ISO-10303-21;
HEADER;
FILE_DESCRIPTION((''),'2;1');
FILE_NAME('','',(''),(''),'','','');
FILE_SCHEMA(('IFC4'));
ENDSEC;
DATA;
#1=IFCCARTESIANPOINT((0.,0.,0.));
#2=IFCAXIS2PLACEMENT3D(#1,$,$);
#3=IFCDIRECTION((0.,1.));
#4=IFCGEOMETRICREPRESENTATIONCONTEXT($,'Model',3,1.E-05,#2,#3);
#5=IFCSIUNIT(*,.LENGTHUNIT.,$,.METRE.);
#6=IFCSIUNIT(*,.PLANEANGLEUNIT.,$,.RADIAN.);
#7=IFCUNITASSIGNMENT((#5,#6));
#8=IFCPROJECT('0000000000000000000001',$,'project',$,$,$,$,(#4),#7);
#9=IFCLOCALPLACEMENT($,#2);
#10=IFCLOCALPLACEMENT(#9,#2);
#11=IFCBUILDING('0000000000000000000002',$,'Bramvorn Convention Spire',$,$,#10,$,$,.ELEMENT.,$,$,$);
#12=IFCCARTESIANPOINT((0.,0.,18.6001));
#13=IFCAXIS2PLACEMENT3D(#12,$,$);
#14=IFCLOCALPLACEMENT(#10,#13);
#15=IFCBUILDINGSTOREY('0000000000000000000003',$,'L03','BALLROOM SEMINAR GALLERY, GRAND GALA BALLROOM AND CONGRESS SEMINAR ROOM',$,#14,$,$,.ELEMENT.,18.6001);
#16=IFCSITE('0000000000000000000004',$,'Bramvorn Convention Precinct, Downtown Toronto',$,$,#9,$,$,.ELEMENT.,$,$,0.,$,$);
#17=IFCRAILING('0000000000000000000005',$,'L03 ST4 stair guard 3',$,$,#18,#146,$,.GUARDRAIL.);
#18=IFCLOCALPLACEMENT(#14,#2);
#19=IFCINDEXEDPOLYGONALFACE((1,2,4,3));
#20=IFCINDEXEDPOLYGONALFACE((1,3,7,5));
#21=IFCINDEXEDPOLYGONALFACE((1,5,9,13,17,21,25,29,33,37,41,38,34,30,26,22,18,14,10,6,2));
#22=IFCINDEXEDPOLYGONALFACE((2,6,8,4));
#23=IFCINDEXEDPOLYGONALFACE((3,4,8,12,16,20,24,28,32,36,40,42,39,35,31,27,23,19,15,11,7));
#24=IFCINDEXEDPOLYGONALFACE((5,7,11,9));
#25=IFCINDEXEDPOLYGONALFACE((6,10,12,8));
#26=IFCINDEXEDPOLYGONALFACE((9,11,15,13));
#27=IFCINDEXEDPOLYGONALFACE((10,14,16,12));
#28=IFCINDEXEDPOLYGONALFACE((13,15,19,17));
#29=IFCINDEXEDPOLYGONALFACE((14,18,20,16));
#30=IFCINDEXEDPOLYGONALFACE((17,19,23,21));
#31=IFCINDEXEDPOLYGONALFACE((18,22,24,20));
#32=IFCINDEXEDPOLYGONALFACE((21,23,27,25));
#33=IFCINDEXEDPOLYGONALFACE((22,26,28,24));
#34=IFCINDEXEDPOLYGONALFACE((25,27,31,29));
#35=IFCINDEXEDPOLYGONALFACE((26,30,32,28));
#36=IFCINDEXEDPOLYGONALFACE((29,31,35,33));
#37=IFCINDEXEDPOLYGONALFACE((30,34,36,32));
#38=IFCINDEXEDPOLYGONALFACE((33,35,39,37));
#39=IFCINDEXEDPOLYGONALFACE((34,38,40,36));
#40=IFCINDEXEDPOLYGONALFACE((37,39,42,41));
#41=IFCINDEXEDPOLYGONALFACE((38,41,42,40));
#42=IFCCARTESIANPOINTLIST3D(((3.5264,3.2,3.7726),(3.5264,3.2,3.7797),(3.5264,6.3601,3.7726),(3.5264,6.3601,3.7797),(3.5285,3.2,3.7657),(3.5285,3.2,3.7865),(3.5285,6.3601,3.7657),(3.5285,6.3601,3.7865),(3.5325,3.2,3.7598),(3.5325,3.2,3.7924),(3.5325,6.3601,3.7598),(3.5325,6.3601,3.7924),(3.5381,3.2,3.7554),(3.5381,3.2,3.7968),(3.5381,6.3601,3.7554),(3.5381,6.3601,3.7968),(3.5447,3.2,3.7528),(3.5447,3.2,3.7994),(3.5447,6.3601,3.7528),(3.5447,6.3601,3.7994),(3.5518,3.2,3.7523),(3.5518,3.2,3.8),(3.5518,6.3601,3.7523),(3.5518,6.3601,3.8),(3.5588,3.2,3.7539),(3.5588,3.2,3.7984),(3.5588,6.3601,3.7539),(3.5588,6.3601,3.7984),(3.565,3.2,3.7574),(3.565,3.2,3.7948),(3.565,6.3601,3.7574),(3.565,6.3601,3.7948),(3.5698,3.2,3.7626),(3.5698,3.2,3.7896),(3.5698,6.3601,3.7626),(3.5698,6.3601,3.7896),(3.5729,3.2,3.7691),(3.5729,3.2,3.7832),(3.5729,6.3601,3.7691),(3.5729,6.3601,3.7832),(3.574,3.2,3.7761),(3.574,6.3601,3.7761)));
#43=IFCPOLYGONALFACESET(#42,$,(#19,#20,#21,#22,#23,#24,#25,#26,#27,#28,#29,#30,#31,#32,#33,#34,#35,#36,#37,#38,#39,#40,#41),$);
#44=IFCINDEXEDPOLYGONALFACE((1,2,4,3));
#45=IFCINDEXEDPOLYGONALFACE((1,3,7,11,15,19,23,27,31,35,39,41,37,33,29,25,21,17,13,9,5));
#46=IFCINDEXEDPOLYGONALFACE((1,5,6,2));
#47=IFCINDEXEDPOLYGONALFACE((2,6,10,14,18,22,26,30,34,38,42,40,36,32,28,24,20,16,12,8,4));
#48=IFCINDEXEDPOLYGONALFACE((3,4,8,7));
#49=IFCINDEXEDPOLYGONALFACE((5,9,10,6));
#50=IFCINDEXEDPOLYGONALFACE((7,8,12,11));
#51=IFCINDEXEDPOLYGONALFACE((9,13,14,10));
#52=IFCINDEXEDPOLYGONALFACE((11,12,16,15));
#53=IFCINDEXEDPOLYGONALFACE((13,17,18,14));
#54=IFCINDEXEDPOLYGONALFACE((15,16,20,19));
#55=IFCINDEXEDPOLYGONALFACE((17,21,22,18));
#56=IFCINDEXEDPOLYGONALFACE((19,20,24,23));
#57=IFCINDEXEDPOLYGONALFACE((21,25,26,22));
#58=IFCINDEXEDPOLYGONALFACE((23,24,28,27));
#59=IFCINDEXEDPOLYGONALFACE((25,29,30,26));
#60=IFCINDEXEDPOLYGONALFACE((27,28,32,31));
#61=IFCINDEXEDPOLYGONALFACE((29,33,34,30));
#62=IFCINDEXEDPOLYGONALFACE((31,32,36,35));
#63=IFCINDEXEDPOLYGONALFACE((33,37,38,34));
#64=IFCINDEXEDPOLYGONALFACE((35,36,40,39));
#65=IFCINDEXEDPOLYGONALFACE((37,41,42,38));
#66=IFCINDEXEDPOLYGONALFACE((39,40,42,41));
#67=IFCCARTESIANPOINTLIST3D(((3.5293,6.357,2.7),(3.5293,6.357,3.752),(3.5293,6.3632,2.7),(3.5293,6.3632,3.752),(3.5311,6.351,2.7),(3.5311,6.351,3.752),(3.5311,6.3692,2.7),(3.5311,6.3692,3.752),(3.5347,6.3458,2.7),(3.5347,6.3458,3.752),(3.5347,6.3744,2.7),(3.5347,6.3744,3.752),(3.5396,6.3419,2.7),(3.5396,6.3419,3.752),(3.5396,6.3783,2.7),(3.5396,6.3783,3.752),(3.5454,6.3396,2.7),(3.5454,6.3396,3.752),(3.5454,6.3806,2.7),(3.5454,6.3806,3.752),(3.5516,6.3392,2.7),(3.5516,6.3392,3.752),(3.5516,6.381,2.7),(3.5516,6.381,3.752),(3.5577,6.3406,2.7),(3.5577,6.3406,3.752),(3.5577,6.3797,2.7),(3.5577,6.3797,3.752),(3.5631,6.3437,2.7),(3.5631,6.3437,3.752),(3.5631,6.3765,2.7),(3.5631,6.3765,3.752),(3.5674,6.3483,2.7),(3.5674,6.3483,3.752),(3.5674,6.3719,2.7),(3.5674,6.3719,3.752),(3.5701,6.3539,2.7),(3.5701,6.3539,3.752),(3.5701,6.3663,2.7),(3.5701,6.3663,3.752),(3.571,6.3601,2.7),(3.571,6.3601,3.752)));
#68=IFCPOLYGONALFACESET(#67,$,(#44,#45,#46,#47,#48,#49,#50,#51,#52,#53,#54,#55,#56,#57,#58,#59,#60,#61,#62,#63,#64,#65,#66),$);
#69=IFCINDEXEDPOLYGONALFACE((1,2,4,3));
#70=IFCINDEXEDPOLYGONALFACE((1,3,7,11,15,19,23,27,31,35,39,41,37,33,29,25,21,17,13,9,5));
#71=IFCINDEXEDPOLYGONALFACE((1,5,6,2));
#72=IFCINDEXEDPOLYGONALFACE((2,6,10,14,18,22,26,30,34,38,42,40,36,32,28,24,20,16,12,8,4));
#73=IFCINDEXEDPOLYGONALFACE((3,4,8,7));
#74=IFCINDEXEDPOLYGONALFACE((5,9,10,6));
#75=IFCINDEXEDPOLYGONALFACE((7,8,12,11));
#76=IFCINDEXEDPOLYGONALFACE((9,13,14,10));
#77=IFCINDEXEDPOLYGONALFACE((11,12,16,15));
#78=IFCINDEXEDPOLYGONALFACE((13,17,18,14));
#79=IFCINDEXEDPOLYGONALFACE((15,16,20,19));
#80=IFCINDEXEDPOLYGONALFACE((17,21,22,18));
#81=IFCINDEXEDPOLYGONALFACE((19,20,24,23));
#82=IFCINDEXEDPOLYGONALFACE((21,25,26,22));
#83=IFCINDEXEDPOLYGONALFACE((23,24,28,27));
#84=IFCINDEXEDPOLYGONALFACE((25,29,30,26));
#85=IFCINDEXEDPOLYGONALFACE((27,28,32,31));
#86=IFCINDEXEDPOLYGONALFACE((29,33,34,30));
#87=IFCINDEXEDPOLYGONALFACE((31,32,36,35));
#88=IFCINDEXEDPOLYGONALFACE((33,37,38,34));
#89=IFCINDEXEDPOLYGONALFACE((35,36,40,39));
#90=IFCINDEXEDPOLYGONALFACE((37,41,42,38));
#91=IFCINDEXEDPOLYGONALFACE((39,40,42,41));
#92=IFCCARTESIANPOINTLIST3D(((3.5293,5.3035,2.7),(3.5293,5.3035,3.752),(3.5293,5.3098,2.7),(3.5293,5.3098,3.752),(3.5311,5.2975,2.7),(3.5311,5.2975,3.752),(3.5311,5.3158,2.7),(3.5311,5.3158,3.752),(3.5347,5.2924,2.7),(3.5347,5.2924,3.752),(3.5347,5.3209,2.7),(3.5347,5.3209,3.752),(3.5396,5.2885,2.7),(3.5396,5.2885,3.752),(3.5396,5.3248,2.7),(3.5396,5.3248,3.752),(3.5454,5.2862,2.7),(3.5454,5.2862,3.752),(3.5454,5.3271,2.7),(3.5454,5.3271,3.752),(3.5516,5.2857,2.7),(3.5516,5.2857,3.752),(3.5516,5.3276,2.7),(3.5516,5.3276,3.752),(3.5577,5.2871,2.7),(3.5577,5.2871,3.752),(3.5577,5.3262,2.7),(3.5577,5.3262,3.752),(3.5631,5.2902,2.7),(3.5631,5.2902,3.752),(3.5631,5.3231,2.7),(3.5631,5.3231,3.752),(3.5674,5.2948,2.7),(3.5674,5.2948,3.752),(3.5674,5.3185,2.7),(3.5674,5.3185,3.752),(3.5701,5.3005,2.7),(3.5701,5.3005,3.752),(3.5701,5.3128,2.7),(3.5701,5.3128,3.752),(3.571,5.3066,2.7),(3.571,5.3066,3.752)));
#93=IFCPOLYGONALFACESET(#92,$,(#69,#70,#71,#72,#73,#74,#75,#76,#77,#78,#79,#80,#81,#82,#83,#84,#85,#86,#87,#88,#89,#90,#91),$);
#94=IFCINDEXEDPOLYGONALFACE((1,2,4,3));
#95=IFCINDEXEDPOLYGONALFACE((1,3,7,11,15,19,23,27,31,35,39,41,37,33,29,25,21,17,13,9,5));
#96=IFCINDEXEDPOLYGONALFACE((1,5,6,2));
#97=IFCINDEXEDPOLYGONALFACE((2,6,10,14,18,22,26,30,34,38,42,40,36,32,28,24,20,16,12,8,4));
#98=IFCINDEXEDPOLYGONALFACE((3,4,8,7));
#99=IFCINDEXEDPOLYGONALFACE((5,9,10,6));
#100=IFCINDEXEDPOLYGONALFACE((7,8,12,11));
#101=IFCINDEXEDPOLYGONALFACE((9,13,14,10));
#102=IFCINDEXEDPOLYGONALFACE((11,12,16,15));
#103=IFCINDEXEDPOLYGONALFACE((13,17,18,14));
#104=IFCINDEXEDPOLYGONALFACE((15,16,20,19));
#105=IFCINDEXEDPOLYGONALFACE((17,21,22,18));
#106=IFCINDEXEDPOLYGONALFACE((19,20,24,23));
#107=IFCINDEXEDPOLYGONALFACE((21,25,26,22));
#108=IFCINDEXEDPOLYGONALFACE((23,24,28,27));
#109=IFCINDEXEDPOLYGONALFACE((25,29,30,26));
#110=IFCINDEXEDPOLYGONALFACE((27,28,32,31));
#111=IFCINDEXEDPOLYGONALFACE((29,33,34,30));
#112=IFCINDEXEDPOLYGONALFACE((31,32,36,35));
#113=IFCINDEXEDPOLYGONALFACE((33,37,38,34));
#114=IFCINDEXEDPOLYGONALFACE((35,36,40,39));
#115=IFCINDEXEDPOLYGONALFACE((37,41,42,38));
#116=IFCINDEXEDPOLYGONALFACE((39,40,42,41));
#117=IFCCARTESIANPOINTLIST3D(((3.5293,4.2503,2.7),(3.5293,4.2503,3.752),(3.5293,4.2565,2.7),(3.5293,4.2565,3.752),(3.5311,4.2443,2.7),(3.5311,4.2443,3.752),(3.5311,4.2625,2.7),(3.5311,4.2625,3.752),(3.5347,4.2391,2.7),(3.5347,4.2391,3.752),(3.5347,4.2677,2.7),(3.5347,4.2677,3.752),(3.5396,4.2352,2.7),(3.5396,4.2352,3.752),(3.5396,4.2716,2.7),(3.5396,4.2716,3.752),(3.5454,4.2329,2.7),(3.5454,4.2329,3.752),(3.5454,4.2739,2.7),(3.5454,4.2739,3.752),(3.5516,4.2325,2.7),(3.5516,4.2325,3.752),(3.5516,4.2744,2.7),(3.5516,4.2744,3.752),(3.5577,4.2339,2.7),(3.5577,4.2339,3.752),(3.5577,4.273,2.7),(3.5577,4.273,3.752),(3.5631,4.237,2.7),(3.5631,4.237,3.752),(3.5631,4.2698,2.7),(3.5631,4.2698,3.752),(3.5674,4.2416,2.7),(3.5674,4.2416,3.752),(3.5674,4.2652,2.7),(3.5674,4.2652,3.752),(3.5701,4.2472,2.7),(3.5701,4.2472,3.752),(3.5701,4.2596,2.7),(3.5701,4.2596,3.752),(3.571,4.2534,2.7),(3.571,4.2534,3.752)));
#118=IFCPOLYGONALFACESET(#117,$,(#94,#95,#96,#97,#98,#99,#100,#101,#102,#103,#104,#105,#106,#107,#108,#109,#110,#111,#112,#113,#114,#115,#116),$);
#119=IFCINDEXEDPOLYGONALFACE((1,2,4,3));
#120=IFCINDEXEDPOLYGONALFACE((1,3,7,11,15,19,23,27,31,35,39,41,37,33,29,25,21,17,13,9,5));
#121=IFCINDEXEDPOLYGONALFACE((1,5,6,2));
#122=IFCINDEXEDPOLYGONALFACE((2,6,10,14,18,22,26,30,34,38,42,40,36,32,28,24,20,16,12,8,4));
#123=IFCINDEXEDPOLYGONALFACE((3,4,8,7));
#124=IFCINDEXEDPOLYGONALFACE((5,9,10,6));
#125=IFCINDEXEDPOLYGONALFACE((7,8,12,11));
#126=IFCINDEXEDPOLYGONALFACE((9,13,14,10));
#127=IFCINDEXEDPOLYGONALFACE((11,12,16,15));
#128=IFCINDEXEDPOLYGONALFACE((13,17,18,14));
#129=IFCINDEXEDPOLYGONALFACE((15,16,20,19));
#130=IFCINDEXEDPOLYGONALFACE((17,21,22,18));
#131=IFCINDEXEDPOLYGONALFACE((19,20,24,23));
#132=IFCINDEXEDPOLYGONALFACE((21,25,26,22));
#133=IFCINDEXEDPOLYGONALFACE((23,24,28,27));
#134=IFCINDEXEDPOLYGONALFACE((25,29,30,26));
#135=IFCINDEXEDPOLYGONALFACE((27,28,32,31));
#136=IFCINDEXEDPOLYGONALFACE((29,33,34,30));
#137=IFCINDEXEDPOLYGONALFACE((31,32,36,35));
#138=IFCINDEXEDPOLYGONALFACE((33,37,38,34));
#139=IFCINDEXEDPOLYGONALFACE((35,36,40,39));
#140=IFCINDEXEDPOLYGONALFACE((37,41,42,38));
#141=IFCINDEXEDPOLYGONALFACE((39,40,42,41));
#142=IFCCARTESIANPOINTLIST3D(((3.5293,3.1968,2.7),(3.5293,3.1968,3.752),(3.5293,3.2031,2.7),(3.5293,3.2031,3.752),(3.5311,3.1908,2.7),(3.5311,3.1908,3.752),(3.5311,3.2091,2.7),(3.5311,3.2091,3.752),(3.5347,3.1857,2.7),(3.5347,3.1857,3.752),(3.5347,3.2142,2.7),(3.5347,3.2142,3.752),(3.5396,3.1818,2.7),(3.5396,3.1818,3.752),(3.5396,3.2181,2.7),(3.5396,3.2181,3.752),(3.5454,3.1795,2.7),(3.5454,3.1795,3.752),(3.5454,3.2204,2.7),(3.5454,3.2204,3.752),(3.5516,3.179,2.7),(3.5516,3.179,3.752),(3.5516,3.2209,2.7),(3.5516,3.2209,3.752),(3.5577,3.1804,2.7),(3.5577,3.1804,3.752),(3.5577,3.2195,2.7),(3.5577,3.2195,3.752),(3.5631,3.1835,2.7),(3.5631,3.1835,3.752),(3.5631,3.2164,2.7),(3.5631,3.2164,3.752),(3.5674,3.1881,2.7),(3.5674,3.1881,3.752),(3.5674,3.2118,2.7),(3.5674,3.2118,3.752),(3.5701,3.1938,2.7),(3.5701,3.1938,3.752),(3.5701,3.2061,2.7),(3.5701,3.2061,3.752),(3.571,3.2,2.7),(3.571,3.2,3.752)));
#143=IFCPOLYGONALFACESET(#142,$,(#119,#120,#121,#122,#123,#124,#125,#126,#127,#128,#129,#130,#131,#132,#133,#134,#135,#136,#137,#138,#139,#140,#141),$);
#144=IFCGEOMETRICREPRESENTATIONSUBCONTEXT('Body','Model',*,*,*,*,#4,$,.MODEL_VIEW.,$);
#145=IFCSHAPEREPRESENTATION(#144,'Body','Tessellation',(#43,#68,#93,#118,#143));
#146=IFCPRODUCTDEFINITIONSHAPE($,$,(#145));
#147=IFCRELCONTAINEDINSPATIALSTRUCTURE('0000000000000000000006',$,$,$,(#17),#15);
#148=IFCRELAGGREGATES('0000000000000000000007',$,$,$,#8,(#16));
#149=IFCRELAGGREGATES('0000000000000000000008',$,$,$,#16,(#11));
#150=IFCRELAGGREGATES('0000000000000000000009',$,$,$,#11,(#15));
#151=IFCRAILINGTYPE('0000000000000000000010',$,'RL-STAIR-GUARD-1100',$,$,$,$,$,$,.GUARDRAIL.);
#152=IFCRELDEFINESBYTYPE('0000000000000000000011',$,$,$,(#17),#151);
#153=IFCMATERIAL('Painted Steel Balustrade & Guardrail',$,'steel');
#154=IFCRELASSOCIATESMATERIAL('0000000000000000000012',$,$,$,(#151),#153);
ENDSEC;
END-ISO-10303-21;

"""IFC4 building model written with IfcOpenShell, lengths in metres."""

from ifc_helpers import new_model, si_unit, direction, frame, origin, origin_2d, place, context, subcontext, project, spatial, circle, extrude, material, type_object, element, save


model = new_model("IFC4")

# Units and contexts
model_context = context("Model", 3, precision=1e-05, world=origin(), true_north=direction((0.0, 1.0)))
body_context = subcontext(model_context, "Body", "Model", "MODEL_VIEW")
ifc_project = project(units=[si_unit("LENGTHUNIT", "METRE"), si_unit("PLANEANGLEUNIT", "RADIAN")], contexts=[model_context])

# Site, building, storey
site_placement = place(None, origin())
site = spatial("IfcSite", under=ifc_project, at=site_placement, Name="Bramvorn Convention Precinct, Downtown Toronto", CompositionType="ELEMENT", RefElevation=0.0)
building_placement = place(site_placement, origin())
building = spatial("IfcBuilding", under=site, at=building_placement, Name="Bramvorn Convention Spire", CompositionType="ELEMENT")
storey_placement = place(building_placement, frame((0.0, 0.0, 18.6001)))
storey = spatial("IfcBuildingStorey", under=building, at=storey_placement, Name="L03", Description="BALLROOM SEMINAR GALLERY, GRAND GALA BALLROOM AND CONGRESS SEMINAR ROOM", CompositionType="ELEMENT", Elevation=18.6001)

# Railing
ifc_material_1 = material(Name="Painted Steel Balustrade & Guardrail", Category="steel")
railing_type_1 = type_object("IfcRailingType", Name="RL-STAIR-GUARD-1100", PredefinedType="GUARDRAIL", material=ifc_material_1)
for number, where, name in (
    (1, (3.55, 6.3601, 2.7), "L03 ST4 stair guard 3"),
):
    element("IfcRailing", number, at=place(storey_placement, frame(where)), inside=storey, type_object=railing_type_1, Name=name, PredefinedType="GUARDRAIL", context=body_context, shape_type="SweptSolid", body=[
        extrude(circle(Radius=0.0239, at=origin_2d()), frame((0.0, 0.0, 1.0762), z_axis=(0.0, -1.0, 0.0), x_axis=(1.0, 0.0, 0.0)), (0.0, 0.0, 1.0), 3.1602),
        extrude(circle(Radius=0.021, at=origin_2d()), origin(), (0.0, 0.0, 1.0), 1.052),
        extrude(circle(Radius=0.021, at=origin_2d()), frame((0.0, -1.0535, 0.0)), (0.0, 0.0, 1.0), 1.052),
        extrude(circle(Radius=0.021, at=origin_2d()), frame((0.0, -2.1067, 0.0)), (0.0, 0.0, 1.0), 1.052),
        extrude(circle(Radius=0.021, at=origin_2d()), frame((0.0, -3.1602, 0.0)), (0.0, 0.0, 1.0), 1.052),
    ])

save(model, "model.ifc")
